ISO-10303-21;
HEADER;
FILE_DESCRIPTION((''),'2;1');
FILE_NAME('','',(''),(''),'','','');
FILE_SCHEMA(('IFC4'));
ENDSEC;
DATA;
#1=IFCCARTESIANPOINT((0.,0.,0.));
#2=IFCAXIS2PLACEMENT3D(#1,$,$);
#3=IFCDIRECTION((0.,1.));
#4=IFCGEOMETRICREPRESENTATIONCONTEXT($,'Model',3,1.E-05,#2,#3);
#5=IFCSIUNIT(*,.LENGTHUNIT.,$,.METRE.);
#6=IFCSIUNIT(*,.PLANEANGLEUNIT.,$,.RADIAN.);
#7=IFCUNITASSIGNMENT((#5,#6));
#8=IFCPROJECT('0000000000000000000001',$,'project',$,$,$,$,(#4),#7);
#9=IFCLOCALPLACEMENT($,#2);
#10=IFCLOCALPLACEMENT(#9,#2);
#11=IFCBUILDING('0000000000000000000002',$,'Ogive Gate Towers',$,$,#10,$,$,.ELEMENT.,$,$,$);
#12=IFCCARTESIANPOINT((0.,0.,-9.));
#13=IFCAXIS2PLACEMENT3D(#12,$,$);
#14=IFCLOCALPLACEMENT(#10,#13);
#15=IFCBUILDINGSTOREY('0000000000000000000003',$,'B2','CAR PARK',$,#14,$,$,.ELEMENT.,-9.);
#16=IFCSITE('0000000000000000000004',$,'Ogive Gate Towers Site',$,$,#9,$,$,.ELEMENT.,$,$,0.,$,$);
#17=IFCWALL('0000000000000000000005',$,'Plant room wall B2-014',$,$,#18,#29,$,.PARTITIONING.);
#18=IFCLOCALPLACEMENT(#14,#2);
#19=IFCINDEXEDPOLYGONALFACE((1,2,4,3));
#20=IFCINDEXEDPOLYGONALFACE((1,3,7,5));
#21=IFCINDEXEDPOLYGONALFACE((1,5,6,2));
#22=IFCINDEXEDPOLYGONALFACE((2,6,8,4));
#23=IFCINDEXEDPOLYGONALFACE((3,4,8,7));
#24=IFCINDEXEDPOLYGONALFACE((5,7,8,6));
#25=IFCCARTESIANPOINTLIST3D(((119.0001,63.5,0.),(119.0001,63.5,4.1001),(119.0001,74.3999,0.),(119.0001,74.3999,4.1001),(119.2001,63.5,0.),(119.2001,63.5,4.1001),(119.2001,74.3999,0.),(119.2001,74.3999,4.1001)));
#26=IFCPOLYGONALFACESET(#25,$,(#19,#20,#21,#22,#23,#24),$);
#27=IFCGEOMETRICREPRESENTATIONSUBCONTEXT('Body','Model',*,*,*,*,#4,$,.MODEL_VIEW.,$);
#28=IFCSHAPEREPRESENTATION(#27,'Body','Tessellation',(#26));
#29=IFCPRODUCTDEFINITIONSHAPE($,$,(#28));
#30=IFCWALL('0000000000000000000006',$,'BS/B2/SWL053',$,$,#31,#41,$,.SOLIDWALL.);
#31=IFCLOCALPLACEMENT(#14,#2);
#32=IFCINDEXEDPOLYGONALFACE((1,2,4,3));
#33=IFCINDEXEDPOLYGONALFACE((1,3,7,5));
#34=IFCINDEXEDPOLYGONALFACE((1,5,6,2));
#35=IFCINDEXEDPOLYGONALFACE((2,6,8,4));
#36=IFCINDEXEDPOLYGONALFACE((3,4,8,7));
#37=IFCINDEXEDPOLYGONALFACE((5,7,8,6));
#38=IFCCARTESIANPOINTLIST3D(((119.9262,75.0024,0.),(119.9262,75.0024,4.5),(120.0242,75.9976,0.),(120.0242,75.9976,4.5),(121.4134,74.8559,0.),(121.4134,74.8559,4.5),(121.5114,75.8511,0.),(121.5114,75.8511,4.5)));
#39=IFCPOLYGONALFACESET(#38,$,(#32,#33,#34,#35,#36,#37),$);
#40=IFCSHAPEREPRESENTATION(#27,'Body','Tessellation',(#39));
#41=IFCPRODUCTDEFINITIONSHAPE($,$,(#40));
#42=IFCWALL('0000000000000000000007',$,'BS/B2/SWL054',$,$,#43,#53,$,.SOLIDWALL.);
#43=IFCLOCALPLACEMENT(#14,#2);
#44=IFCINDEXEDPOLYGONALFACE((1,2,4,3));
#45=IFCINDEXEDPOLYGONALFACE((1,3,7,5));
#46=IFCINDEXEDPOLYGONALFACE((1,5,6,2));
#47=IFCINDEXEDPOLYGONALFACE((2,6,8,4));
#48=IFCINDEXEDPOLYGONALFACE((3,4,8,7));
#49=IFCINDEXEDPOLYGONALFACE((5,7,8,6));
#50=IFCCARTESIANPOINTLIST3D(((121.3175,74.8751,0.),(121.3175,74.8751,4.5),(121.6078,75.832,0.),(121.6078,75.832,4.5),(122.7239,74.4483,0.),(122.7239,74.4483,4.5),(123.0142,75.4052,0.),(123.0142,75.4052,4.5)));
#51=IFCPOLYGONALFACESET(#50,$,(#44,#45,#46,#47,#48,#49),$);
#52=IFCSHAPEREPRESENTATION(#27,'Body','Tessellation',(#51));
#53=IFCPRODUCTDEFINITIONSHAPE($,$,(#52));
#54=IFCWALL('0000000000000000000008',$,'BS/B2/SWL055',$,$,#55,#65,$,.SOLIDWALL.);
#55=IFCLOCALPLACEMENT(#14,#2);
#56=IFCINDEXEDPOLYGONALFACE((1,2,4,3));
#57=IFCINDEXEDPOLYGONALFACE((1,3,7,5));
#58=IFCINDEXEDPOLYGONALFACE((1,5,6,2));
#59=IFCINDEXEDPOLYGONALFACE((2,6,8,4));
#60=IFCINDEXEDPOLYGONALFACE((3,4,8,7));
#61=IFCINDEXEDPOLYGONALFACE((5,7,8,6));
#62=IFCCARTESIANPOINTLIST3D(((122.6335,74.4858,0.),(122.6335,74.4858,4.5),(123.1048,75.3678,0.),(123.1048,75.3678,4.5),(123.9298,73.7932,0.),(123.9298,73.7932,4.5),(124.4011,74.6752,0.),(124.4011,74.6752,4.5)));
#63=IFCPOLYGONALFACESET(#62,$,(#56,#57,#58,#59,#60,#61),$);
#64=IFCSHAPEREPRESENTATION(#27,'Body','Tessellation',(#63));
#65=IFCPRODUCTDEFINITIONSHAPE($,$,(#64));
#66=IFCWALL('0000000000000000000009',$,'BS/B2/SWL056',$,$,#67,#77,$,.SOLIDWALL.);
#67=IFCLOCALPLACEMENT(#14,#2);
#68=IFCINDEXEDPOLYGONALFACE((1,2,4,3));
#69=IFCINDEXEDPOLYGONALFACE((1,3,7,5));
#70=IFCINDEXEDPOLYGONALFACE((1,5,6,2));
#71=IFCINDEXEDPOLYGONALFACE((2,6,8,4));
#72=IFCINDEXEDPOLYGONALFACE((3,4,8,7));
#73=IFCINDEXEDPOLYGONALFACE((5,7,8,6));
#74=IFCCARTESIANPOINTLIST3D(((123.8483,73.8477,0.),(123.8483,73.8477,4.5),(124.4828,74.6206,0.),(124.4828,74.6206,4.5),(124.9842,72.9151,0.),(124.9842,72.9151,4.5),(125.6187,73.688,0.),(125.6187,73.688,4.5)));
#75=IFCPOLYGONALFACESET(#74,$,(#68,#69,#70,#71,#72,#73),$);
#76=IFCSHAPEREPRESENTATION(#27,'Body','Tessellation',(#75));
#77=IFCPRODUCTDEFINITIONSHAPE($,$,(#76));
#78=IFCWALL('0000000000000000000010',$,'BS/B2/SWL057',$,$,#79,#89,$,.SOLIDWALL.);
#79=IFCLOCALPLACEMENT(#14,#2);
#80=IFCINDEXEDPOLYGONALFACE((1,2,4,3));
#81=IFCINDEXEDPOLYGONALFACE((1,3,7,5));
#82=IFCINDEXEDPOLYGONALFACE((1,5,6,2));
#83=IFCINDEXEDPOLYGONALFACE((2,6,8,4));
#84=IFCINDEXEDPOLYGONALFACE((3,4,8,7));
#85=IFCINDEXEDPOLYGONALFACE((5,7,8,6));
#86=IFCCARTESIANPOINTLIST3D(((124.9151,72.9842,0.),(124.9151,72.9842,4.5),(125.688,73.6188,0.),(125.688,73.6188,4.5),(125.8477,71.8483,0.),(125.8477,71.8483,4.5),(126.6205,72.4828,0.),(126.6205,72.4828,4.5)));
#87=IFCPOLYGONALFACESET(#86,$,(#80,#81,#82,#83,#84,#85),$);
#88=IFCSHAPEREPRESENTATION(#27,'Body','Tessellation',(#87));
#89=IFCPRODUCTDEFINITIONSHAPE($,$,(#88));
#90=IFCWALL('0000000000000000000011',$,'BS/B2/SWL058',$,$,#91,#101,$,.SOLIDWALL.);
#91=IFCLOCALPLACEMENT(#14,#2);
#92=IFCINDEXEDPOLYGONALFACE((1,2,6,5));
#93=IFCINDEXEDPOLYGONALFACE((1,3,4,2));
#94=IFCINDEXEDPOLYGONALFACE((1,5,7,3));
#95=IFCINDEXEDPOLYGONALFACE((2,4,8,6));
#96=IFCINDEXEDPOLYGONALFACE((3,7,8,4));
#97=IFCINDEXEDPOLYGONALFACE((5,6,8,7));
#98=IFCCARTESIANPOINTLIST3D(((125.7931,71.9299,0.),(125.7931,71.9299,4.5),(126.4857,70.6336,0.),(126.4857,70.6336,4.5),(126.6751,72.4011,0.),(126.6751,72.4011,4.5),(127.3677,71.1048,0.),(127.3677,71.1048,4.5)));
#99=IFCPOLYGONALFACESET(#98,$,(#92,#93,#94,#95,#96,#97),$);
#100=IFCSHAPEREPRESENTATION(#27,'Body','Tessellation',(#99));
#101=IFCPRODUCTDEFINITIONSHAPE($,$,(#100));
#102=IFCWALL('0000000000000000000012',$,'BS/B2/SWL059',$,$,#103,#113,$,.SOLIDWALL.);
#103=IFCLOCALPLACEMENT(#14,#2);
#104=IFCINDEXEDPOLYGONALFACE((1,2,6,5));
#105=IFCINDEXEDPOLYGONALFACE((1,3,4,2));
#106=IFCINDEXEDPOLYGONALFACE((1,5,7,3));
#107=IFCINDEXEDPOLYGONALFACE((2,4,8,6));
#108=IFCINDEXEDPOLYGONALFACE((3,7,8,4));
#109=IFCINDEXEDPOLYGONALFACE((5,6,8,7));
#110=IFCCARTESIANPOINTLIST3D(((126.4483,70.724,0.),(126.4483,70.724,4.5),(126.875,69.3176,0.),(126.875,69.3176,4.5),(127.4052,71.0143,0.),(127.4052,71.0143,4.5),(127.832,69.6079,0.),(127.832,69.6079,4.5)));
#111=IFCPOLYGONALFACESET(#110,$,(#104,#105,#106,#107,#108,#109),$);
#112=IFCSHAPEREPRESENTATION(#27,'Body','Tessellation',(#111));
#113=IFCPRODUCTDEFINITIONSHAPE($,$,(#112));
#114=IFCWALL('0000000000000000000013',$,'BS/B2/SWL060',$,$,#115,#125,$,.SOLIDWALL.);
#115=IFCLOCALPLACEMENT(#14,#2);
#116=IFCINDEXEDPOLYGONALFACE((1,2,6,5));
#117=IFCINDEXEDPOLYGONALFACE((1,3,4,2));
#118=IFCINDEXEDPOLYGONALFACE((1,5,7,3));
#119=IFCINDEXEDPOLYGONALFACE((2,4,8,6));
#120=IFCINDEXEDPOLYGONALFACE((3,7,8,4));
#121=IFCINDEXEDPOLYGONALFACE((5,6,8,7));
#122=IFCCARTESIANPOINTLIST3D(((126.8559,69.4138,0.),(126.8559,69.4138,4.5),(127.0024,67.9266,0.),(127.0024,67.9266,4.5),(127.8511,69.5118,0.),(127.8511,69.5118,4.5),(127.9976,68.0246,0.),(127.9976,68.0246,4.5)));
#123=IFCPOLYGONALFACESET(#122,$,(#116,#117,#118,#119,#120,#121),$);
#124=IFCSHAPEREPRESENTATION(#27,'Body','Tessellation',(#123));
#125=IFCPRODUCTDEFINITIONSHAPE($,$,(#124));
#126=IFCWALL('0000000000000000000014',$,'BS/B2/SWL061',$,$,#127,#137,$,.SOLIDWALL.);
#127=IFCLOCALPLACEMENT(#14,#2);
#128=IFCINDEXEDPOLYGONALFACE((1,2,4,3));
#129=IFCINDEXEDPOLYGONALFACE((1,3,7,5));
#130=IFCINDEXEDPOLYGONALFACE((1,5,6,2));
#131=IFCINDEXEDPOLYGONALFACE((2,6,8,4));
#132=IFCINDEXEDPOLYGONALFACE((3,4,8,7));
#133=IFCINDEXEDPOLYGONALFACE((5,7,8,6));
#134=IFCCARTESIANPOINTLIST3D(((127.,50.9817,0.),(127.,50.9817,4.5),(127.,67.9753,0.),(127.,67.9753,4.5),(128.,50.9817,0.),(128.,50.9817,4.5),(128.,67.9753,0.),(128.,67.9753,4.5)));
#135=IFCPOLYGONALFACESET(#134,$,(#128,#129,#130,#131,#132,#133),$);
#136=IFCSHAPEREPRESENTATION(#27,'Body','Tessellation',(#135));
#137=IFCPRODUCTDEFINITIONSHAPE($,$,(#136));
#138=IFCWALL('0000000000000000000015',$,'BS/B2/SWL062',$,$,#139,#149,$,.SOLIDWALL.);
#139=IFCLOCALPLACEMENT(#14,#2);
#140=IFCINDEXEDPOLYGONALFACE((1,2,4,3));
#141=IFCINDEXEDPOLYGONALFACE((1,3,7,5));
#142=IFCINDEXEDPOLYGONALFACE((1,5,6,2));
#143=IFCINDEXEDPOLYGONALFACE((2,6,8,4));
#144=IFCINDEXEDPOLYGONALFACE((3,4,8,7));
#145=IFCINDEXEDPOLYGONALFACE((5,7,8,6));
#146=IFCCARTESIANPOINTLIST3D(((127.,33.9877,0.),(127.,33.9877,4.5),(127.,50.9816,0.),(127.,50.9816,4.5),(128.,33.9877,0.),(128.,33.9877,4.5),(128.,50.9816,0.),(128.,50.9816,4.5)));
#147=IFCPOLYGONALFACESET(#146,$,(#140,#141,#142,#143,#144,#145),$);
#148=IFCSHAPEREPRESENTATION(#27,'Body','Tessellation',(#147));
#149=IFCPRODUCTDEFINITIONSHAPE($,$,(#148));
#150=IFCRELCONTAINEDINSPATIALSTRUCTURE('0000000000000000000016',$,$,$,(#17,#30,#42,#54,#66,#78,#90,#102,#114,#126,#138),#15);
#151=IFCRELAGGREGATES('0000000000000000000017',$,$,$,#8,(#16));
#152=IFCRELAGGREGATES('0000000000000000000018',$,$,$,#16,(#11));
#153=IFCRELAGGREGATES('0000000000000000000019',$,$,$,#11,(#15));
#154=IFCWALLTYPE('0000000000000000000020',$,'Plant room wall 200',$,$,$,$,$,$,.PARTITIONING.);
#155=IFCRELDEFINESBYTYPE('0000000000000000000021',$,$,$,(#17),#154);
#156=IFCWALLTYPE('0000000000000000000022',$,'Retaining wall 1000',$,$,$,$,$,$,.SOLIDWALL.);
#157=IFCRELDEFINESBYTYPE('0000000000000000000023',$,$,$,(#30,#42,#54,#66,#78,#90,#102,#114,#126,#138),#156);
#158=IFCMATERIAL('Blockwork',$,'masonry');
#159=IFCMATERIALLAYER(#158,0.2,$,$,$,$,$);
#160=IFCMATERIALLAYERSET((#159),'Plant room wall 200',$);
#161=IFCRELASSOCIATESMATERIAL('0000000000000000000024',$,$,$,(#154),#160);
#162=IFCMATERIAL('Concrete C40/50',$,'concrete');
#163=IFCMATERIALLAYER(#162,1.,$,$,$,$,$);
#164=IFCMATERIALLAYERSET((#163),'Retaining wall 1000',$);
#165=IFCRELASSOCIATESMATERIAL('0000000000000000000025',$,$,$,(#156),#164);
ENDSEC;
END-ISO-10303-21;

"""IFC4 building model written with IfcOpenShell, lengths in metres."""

from ifc_helpers import new_model, si_unit, direction, frame, frame_2d, origin, place, context, subcontext, project, spatial, rectangle, extrude, material, layer, layer_set, type_object, element, save


model = new_model("IFC4")

# Units and contexts
model_context = context("Model", 3, precision=1e-05, world=origin(), true_north=direction((0.0, 1.0)))
body_context = subcontext(model_context, "Body", "Model", "MODEL_VIEW")
ifc_project = project(units=[si_unit("LENGTHUNIT", "METRE"), si_unit("PLANEANGLEUNIT", "RADIAN")], contexts=[model_context])

# Site, building, storey
site_placement = place(None, origin())
site = spatial("IfcSite", under=ifc_project, at=site_placement, Name="Ogive Gate Towers Site", CompositionType="ELEMENT", RefElevation=0.0)
building_placement = place(site_placement, origin())
building = spatial("IfcBuilding", under=site, at=building_placement, Name="Ogive Gate Towers", CompositionType="ELEMENT")
storey_placement = place(building_placement, frame((0.0, 0.0, -9.0)))
storey = spatial("IfcBuildingStorey", under=building, at=storey_placement, Name="B2", Description="CAR PARK", CompositionType="ELEMENT", Elevation=-9.0)

# Shared definitions
ifc_material_1 = material(Name="Concrete C40/50", Category="concrete")

# Walls
ifc_material_2 = material(Name="Blockwork", Category="masonry")
ifc_layer_1 = layer(ifc_material_2, 0.2)
ifc_layer_set_1 = layer_set([ifc_layer_1], Name="Plant room wall 200")
wall_type_1 = type_object("IfcWallType", Name="Plant room wall 200", PredefinedType="PARTITIONING", material=ifc_layer_set_1)
wall_1_placement = place(storey_placement, frame((119.1001, 63.5, 0.0), z_axis=(0.0, 0.0, 1.0), x_axis=(0.0, 1.0, 0.0)))
element("IfcWall", 1, at=wall_1_placement, inside=storey, type_object=wall_type_1, Name="Plant room wall B2-014", PredefinedType="PARTITIONING", context=body_context, shape_type="SweptSolid", body=[
    extrude(rectangle(XDim=10.8999, YDim=0.2, at=frame_2d((5.45, 0.0))), origin(), (0.0, 0.0, 1.0), 4.1001),
])
ifc_layer_2 = layer(ifc_material_1, 1.0)
ifc_layer_set_2 = layer_set([ifc_layer_2], Name="Retaining wall 1000")
wall_type_2 = type_object("IfcWallType", Name="Retaining wall 1000", PredefinedType="SOLIDWALL", material=ifc_layer_set_2)
wall_2_placement = place(storey_placement, frame((119.9753, 75.5, 0.0), z_axis=(0.0, 0.0, 1.0), x_axis=(0.995185, -0.098016, 0.0)))
element("IfcWall", 2, at=wall_2_placement, inside=storey, type_object=wall_type_2, Name="BS/B2/SWL053", PredefinedType="SOLIDWALL", context=body_context, shape_type="SweptSolid", body=[
    extrude(rectangle(XDim=1.4944, YDim=1.0, at=frame_2d((0.7471, 0.0))), origin(), (0.0, 0.0, 1.0), 4.5),
])
for number, where, z_axis, x_axis, name in (
    (3, (121.4626, 75.3535, 0.0), (0.0, 0.0, 1.0), (0.956921, -0.290349, 0.0), "BS/B2/SWL054"),
    (4, (122.8691, 74.9268, 0.0), (0.0, 0.0, 1.0), (0.882008, -0.471235, 0.0), "BS/B2/SWL055"),
    (5, (124.1655, 74.2341, 0.0), (0.0, 0.0, 1.0), (0.772898, -0.63453, 0.0), "BS/B2/SWL056"),
    (6, (125.3015, 73.3015, 0.0), (0.0, 0.0, 1.0), (0.63453, -0.772898, 0.0), "BS/B2/SWL057"),
    (7, (126.2341, 72.1655, 0.0), (0.0, 0.0, 1.0), (0.471235, -0.882008, 0.0), "BS/B2/SWL058"),
    (8, (126.9268, 70.8691, 0.0), (0.0, 0.0, 1.0), (0.290349, -0.956921, 0.0), "BS/B2/SWL059"),
):
    element("IfcWall", number, at=place(storey_placement, frame(where, z_axis=z_axis, x_axis=x_axis)), inside=storey, type_object=wall_type_2, Name=name, PredefinedType="SOLIDWALL", context=body_context, shape_type="SweptSolid", body=[
        extrude(rectangle(XDim=1.4697, YDim=1.0, at=frame_2d((0.7349, 0.0))), origin(), (0.0, 0.0, 1.0), 4.5),
    ])
wall_3_placement = place(storey_placement, frame((127.3535, 69.4626, 0.0), z_axis=(0.0, 0.0, 1.0), x_axis=(0.098016, -0.995185, 0.0)))
element("IfcWall", 9, at=wall_3_placement, inside=storey, type_object=wall_type_2, Name="BS/B2/SWL060", PredefinedType="SOLIDWALL", context=body_context, shape_type="SweptSolid", body=[
    extrude(rectangle(XDim=1.4944, YDim=1.0, at=frame_2d((0.7471, 0.0))), origin(), (0.0, 0.0, 1.0), 4.5),
])
wall_4_placement = place(storey_placement, frame((127.5, 67.9753, 0.0), z_axis=(0.0, 0.0, 1.0), x_axis=(0.0, -1.0, 0.0)))
element("IfcWall", 10, at=wall_4_placement, inside=storey, type_object=wall_type_2, Name="BS/B2/SWL061", PredefinedType="SOLIDWALL", context=body_context, shape_type="SweptSolid", body=[
    extrude(rectangle(XDim=16.9937, YDim=1.0, at=frame_2d((8.4968, 0.0))), origin(), (0.0, 0.0, 1.0), 4.5),
])
wall_5_placement = place(storey_placement, frame((127.5, 50.9817, 0.0), z_axis=(0.0, 0.0, 1.0), x_axis=(0.0, -1.0, 0.0)))
element("IfcWall", 11, at=wall_5_placement, inside=storey, type_object=wall_type_2, Name="BS/B2/SWL062", PredefinedType="SOLIDWALL", context=body_context, shape_type="SweptSolid", body=[
    extrude(rectangle(XDim=16.9939, YDim=1.0, at=frame_2d((8.4971, 0.0))), origin(), (0.0, 0.0, 1.0), 4.5),
])

save(model, "model.ifc")
